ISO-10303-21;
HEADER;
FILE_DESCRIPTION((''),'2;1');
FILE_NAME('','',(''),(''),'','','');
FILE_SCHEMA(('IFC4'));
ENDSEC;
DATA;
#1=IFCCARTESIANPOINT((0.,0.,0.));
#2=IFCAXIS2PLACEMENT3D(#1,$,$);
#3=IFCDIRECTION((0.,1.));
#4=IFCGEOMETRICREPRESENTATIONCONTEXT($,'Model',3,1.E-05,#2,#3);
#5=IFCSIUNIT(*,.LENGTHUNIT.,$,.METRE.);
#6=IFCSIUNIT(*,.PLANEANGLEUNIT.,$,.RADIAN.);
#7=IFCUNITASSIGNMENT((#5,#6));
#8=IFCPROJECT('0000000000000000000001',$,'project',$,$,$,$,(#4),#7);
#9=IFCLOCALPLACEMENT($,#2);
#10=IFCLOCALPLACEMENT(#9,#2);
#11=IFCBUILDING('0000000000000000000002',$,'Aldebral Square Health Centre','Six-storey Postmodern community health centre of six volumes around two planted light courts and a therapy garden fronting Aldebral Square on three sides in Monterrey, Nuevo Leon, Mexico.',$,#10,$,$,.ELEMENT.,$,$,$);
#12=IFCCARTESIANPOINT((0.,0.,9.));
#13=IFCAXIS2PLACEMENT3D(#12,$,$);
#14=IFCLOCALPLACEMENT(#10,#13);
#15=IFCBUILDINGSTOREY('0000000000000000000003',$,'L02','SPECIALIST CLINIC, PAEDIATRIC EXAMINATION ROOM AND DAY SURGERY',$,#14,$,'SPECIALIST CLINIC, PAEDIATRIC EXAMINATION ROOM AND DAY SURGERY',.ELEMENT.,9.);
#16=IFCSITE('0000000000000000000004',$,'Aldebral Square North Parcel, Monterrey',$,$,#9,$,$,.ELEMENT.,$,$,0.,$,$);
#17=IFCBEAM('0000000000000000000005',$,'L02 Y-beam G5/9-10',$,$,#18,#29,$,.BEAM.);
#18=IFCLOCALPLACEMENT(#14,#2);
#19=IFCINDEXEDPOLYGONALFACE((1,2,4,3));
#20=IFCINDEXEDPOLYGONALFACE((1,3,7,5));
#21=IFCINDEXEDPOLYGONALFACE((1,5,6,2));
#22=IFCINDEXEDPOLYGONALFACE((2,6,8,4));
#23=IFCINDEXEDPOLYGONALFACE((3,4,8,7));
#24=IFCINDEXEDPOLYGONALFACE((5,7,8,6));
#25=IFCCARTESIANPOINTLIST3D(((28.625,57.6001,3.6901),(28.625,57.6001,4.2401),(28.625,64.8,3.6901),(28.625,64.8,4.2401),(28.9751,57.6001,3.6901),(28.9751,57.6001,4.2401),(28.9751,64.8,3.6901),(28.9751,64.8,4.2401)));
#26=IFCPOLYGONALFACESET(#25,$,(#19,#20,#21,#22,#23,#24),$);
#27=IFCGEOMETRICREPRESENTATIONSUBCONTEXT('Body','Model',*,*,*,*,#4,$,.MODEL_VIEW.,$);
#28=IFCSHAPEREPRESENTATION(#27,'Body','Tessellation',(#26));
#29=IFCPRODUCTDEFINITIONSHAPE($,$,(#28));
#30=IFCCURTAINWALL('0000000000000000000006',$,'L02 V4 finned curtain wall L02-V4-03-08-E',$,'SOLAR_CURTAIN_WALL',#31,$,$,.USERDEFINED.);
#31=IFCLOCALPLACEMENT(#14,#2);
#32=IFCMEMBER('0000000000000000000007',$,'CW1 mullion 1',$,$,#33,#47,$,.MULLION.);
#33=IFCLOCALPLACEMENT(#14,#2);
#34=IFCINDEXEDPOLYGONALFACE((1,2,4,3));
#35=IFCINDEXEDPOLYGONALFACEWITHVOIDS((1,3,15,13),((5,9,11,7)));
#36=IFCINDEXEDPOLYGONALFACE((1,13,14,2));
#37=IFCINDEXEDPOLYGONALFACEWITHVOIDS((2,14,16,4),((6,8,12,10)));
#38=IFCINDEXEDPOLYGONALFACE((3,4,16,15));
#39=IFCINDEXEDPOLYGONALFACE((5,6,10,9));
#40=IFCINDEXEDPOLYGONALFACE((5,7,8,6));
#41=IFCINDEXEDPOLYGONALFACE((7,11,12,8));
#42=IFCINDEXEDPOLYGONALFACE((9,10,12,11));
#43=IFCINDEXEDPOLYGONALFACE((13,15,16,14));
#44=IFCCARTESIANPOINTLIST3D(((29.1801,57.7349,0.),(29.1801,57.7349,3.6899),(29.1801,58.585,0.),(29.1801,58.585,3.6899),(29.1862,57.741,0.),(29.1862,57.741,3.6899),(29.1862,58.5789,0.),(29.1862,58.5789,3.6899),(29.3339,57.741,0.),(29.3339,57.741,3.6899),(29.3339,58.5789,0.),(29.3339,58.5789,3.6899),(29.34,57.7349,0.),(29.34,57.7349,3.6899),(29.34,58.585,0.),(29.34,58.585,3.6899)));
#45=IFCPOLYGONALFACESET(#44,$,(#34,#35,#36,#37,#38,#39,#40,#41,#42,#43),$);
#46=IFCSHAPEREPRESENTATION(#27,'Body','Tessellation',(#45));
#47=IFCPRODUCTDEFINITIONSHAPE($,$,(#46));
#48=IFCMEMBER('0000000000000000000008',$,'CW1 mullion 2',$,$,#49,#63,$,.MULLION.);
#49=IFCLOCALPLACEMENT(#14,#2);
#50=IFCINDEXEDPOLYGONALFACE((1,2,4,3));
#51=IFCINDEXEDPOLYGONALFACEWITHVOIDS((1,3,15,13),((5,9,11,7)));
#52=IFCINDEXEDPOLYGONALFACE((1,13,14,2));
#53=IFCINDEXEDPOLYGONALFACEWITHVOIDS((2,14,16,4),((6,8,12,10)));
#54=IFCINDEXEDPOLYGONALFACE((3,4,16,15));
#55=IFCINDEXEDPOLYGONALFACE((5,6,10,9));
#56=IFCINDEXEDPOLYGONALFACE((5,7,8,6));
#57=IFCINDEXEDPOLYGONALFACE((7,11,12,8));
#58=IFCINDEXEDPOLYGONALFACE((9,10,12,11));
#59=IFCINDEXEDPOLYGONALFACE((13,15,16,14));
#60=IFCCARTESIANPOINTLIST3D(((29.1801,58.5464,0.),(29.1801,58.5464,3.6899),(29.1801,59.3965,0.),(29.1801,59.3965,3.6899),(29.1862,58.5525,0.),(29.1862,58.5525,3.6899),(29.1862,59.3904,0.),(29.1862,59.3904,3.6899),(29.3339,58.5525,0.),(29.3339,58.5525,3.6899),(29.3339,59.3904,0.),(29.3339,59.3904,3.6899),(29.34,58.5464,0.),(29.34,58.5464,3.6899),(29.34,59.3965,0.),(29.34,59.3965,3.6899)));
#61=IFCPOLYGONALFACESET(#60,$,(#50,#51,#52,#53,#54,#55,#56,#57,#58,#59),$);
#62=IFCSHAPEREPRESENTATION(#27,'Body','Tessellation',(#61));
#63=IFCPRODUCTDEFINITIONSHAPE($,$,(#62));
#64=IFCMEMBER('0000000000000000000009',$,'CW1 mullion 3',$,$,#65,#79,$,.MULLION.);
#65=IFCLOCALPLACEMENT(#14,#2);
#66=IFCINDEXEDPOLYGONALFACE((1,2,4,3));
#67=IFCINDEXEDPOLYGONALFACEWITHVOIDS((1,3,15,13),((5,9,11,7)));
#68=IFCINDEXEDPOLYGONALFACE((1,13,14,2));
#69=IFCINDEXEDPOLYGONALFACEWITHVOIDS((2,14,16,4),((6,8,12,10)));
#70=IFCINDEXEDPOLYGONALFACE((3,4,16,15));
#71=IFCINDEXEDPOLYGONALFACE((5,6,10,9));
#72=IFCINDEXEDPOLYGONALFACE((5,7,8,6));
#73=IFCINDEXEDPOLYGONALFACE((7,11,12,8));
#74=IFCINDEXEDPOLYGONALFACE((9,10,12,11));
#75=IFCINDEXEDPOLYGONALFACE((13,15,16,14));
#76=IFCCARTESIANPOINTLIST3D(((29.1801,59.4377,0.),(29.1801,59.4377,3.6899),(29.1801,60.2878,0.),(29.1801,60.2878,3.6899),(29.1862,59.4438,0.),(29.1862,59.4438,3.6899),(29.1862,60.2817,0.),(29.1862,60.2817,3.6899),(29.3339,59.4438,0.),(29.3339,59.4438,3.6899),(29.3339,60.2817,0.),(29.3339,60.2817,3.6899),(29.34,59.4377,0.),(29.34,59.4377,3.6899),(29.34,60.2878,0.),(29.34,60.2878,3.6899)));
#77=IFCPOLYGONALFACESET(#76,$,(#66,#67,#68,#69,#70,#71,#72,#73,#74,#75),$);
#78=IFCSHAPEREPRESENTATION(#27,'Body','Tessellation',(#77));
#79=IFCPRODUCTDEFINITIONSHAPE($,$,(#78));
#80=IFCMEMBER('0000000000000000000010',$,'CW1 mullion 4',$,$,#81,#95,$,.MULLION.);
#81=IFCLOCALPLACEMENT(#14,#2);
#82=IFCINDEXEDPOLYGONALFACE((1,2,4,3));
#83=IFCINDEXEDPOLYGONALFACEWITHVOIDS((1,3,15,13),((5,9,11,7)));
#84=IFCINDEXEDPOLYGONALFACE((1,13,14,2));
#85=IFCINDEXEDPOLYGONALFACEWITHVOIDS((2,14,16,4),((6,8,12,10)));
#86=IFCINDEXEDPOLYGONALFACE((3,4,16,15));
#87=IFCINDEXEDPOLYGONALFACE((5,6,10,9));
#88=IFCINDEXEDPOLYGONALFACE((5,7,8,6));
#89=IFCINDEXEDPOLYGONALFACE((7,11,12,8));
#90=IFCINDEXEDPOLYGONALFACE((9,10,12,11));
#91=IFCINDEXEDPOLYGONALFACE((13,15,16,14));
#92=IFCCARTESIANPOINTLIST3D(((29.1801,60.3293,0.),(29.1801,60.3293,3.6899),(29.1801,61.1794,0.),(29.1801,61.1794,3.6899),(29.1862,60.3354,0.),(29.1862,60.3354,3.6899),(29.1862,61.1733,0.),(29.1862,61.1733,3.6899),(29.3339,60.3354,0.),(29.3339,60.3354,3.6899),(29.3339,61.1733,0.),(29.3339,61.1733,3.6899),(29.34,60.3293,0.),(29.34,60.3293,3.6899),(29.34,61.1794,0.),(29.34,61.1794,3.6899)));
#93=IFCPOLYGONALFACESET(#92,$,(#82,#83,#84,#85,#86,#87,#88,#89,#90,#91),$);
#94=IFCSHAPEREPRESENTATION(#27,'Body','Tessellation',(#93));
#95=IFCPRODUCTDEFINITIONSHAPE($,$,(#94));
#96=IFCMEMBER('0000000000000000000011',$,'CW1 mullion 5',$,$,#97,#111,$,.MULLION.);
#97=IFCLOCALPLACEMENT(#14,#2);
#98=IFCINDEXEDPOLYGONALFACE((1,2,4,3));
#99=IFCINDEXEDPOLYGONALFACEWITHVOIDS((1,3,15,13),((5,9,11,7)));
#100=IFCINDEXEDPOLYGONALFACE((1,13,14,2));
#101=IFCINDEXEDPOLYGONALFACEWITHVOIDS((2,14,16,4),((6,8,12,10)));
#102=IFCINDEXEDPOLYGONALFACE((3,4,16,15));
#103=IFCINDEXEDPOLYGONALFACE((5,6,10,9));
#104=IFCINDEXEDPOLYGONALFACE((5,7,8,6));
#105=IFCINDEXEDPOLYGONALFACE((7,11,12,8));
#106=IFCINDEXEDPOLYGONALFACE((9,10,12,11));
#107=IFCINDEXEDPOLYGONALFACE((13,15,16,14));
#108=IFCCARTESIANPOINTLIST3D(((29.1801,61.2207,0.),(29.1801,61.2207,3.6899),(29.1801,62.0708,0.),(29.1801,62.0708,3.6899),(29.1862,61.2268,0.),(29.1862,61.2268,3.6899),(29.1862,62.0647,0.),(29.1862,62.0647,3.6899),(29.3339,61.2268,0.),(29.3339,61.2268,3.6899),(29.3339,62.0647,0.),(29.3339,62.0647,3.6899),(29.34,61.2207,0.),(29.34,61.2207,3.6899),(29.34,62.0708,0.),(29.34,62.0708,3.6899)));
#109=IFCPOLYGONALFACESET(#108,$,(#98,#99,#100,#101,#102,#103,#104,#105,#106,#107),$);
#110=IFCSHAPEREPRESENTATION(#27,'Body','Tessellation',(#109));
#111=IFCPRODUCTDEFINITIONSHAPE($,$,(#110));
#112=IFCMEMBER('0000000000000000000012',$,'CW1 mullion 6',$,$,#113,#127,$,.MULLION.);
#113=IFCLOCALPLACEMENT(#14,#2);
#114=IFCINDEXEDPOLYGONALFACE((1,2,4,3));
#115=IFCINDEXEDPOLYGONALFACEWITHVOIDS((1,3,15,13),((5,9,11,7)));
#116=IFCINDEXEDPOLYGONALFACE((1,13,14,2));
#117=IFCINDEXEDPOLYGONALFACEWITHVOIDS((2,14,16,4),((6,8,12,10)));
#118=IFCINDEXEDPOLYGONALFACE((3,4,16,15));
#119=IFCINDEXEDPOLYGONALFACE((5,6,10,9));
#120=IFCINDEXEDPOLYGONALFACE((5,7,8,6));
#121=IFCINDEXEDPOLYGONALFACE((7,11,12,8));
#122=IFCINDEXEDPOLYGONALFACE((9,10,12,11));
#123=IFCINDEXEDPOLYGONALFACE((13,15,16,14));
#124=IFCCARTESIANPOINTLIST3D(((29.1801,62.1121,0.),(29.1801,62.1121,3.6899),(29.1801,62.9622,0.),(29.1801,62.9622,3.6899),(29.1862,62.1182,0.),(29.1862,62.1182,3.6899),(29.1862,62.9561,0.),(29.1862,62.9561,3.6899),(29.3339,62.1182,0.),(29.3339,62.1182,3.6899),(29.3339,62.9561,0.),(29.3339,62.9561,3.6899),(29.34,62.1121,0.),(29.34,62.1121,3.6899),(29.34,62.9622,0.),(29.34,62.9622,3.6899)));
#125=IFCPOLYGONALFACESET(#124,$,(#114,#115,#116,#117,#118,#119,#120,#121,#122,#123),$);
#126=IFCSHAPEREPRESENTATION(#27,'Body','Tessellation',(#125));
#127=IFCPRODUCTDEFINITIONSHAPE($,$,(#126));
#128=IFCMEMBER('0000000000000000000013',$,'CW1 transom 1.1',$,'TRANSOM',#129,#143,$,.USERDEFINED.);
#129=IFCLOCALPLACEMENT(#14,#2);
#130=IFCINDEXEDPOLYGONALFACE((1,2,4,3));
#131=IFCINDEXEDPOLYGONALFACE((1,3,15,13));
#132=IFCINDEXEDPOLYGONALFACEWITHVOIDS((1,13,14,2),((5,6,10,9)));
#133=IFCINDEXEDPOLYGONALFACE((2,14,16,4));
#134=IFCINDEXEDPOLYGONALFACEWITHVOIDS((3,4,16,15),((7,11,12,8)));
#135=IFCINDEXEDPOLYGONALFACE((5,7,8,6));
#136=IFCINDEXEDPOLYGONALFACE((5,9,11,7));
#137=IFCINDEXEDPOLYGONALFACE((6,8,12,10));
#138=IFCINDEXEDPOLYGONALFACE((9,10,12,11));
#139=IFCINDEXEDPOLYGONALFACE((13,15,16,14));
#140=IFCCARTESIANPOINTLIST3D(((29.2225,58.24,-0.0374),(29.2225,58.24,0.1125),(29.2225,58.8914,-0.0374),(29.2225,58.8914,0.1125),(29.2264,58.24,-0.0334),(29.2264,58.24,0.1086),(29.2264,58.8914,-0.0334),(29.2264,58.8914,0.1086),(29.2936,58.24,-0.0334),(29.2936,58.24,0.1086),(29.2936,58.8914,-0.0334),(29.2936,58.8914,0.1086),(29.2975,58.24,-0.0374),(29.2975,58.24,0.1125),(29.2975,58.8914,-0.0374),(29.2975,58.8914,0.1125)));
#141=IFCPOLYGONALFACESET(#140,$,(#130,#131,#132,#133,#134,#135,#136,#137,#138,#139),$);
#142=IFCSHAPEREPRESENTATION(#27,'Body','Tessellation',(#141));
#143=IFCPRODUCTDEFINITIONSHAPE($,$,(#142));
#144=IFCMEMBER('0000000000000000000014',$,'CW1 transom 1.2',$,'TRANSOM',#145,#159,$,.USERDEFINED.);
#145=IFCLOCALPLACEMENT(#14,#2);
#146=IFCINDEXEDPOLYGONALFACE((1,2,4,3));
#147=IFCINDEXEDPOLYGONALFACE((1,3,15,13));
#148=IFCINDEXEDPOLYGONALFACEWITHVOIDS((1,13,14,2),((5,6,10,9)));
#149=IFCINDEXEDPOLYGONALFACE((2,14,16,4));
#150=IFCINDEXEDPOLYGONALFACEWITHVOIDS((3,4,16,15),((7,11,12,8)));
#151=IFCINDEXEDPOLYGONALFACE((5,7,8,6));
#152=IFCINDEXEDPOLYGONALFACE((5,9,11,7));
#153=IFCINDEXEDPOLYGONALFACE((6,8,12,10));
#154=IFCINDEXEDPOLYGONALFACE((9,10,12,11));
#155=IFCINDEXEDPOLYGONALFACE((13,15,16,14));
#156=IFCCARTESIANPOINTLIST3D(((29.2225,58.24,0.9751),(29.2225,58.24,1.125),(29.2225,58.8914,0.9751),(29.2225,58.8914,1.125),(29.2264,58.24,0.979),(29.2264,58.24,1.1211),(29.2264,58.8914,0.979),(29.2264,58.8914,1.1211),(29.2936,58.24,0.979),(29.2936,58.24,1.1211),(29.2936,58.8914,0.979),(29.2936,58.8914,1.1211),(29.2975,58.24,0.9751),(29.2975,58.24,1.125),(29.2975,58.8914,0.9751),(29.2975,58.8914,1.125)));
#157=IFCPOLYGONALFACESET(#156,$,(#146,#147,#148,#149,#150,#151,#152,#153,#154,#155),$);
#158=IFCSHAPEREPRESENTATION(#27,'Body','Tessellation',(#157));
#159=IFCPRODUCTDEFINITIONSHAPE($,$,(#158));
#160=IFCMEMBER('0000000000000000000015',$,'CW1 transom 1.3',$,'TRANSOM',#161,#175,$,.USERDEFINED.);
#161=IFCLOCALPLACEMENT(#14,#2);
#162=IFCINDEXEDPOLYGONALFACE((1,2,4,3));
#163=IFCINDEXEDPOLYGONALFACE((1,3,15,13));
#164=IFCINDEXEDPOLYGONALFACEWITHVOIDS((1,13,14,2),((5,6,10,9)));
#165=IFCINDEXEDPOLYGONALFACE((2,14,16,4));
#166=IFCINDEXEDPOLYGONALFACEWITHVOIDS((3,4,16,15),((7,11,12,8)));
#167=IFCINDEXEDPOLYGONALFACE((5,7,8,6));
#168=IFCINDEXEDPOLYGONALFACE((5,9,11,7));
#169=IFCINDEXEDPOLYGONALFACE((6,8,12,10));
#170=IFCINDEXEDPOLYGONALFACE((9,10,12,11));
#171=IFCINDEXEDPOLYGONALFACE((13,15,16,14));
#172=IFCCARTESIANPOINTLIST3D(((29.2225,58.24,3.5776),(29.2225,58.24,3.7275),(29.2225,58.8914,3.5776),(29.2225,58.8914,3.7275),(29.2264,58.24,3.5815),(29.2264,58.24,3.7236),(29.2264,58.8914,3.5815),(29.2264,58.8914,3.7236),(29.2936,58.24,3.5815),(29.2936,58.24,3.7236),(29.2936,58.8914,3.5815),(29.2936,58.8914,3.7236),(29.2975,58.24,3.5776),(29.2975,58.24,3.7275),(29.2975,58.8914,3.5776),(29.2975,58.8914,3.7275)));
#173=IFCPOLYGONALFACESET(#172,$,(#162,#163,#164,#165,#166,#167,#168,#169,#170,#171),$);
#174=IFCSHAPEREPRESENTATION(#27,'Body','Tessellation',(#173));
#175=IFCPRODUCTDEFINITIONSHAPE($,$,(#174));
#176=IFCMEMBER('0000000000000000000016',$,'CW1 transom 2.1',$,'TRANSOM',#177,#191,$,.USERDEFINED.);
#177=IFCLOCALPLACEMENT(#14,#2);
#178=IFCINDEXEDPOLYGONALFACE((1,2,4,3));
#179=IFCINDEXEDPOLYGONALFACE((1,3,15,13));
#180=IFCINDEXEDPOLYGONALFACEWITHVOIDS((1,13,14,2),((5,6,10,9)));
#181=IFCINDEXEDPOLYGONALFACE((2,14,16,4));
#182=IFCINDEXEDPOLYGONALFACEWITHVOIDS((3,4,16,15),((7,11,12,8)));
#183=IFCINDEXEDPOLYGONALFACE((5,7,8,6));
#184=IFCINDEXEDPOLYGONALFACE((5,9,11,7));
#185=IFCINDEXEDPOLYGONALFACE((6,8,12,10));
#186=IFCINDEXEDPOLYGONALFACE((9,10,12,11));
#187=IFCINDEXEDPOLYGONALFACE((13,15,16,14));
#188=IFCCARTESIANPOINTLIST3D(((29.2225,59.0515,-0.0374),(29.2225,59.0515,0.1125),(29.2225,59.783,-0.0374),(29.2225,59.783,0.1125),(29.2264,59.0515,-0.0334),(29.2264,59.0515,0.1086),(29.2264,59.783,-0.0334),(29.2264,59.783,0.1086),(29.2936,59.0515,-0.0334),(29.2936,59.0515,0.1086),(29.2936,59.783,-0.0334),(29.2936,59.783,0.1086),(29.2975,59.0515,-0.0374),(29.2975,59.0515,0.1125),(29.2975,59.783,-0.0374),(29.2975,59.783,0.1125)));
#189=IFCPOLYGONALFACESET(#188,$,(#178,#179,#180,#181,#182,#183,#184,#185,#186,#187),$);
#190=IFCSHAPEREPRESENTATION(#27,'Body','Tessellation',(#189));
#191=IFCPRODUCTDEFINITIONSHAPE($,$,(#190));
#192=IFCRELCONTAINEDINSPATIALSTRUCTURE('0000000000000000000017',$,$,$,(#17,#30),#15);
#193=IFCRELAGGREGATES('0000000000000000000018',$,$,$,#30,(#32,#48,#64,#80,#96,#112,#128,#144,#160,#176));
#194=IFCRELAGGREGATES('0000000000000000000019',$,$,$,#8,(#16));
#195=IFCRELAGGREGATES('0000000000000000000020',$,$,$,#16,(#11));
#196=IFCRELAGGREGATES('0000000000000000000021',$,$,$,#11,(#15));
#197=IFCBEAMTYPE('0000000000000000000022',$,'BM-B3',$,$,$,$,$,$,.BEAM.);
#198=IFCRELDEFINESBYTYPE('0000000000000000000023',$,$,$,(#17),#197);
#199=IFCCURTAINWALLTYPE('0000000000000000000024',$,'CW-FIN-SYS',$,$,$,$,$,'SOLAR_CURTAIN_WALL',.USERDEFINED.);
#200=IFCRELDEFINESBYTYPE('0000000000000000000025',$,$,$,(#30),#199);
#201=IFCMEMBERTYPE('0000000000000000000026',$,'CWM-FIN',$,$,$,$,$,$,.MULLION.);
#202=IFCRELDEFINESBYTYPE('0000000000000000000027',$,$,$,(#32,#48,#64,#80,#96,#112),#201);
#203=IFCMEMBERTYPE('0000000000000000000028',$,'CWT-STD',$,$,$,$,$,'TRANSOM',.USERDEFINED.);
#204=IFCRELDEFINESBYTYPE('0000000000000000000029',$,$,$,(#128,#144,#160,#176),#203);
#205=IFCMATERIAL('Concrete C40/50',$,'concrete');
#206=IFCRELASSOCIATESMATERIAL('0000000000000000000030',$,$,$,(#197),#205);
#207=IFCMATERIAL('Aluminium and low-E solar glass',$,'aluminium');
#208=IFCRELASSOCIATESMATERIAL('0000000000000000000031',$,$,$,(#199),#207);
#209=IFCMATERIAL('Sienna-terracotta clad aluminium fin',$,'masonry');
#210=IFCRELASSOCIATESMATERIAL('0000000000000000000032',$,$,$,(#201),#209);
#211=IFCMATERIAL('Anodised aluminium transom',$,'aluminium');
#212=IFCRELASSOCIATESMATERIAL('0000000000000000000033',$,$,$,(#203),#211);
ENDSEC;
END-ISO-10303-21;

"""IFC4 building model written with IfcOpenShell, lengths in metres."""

from ifc_helpers import new_model, si_unit, direction, frame, origin, origin_2d, place, context, subcontext, project, spatial, rectangle, hollow_rectangle, extrude, material, material_profile, profile_set, type_object, element, aggregate, save


model = new_model("IFC4")

# Units and contexts
model_context = context("Model", 3, precision=1e-05, world=origin(), true_north=direction((0.0, 1.0)))
body_context = subcontext(model_context, "Body", "Model", "MODEL_VIEW")
ifc_project = project(units=[si_unit("LENGTHUNIT", "METRE"), si_unit("PLANEANGLEUNIT", "RADIAN")], contexts=[model_context])

# Site, building, storey
site_placement = place(None, origin())
site = spatial("IfcSite", under=ifc_project, at=site_placement, Name="Aldebral Square North Parcel, Monterrey", CompositionType="ELEMENT", RefElevation=0.0)
building_placement = place(site_placement, origin())
building = spatial("IfcBuilding", under=site, at=building_placement, Name="Aldebral Square Health Centre", Description="Six-storey Postmodern community health centre of six volumes around two planted light courts and a therapy garden fronting Aldebral Square on three sides in Monterrey, Nuevo Leon, Mexico.", CompositionType="ELEMENT")
storey_placement = place(building_placement, frame((0.0, 0.0, 9.0)))
storey = spatial("IfcBuildingStorey", under=building, at=storey_placement, Name="L02", Description="SPECIALIST CLINIC, PAEDIATRIC EXAMINATION ROOM AND DAY SURGERY", LongName="SPECIALIST CLINIC, PAEDIATRIC EXAMINATION ROOM AND DAY SURGERY", CompositionType="ELEMENT", Elevation=9.0)

# Beam
ifc_material_1 = material(Name="Concrete C40/50", Category="concrete")
ifc_material_profile_1 = material_profile(ifc_material_1, rectangle(XDim=0.3501, YDim=0.55, at=origin_2d()), Name="RC 350x550")
ifc_profile_set_1 = profile_set([ifc_material_profile_1], Name="Concrete C40/50")
beam_type = type_object("IfcBeamType", Name="BM-B3", PredefinedType="BEAM", material=ifc_profile_set_1)
beam_placement = place(storey_placement, frame((28.8, 57.6001, 3.9651), z_axis=(0.0, 1.0, 0.0), x_axis=(-1.0, 0.0, 0.0)))
element("IfcBeam", 1, at=beam_placement, inside=storey, type_object=beam_type, Name="L02 Y-beam G5/9-10", PredefinedType="BEAM", context=body_context, shape_type="SweptSolid", body=[
    extrude(rectangle(XDim=0.3501, YDim=0.55, at=origin_2d()), origin(), (0.0, 0.0, 1.0), 7.2),
])

# Curtain wall, members
ifc_material_2 = material(Name="Aluminium and low-E solar glass", Category="aluminium")
curtain_wall_type = type_object("IfcCurtainWallType", Name="CW-FIN-SYS", ElementType="SOLAR_CURTAIN_WALL", PredefinedType="USERDEFINED", material=ifc_material_2)
curtain_wall_placement = place(storey_placement, origin())
curtain_wall = element("IfcCurtainWall", 2, at=curtain_wall_placement, inside=storey, type_object=curtain_wall_type, Name="L02 V4 finned curtain wall L02-V4-03-08-E", ObjectType="SOLAR_CURTAIN_WALL", PredefinedType="USERDEFINED")
ifc_material_3 = material(Name="Sienna-terracotta clad aluminium fin", Category="masonry")
ifc_material_profile_2 = material_profile(ifc_material_3, hollow_rectangle(XDim=0.1599, YDim=0.8501, WallThickness=0.0061, at=origin_2d()), Name="FIN 160x850x6")
ifc_profile_set_2 = profile_set([ifc_material_profile_2], Name="Sienna-terracotta clad aluminium fin")
member_type_1 = type_object("IfcMemberType", Name="CWM-FIN", PredefinedType="MULLION", material=ifc_profile_set_2)
member_1_placement = place(storey_placement, frame((29.26, 58.1599, 0.0), z_axis=(0.0, 0.0, 1.0), x_axis=(-1.0, 0.0, 0.0)))
member_1 = element("IfcMember", 3, at=member_1_placement, type_object=member_type_1, Name="CW1 mullion 1", PredefinedType="MULLION", context=body_context, shape_type="SweptSolid", body=[
    extrude(hollow_rectangle(XDim=0.1599, YDim=0.8501, WallThickness=0.0061, at=origin_2d()), origin(), (0.0, 0.0, 1.0), 3.6899),
])
member_2_placement = place(storey_placement, frame((29.26, 58.9714, 0.0), z_axis=(0.0, 0.0, 1.0), x_axis=(-1.0, 0.0, 0.0)))
member_2 = element("IfcMember", 4, at=member_2_placement, type_object=member_type_1, Name="CW1 mullion 2", PredefinedType="MULLION", context=body_context, shape_type="SweptSolid", body=[
    extrude(hollow_rectangle(XDim=0.1599, YDim=0.8501, WallThickness=0.0061, at=origin_2d()), origin(), (0.0, 0.0, 1.0), 3.6899),
])
member_3_placement = place(storey_placement, frame((29.26, 59.8628, 0.0), z_axis=(0.0, 0.0, 1.0), x_axis=(-1.0, 0.0, 0.0)))
member_3 = element("IfcMember", 5, at=member_3_placement, type_object=member_type_1, Name="CW1 mullion 3", PredefinedType="MULLION", context=body_context, shape_type="SweptSolid", body=[
    extrude(hollow_rectangle(XDim=0.1599, YDim=0.8501, WallThickness=0.0061, at=origin_2d()), origin(), (0.0, 0.0, 1.0), 3.6899),
])
member_4_placement = place(storey_placement, frame((29.26, 60.7544, 0.0), z_axis=(0.0, 0.0, 1.0), x_axis=(-1.0, 0.0, 0.0)))
member_4 = element("IfcMember", 6, at=member_4_placement, type_object=member_type_1, Name="CW1 mullion 4", PredefinedType="MULLION", context=body_context, shape_type="SweptSolid", body=[
    extrude(hollow_rectangle(XDim=0.1599, YDim=0.8501, WallThickness=0.0061, at=origin_2d()), origin(), (0.0, 0.0, 1.0), 3.6899),
])
member_5_placement = place(storey_placement, frame((29.26, 61.6458, 0.0), z_axis=(0.0, 0.0, 1.0), x_axis=(-1.0, 0.0, 0.0)))
member_5 = element("IfcMember", 7, at=member_5_placement, type_object=member_type_1, Name="CW1 mullion 5", PredefinedType="MULLION", context=body_context, shape_type="SweptSolid", body=[
    extrude(hollow_rectangle(XDim=0.1599, YDim=0.8501, WallThickness=0.0061, at=origin_2d()), origin(), (0.0, 0.0, 1.0), 3.6899),
])
member_6_placement = place(storey_placement, frame((29.26, 62.5371, 0.0), z_axis=(0.0, 0.0, 1.0), x_axis=(-1.0, 0.0, 0.0)))
member_6 = element("IfcMember", 8, at=member_6_placement, type_object=member_type_1, Name="CW1 mullion 6", PredefinedType="MULLION", context=body_context, shape_type="SweptSolid", body=[
    extrude(hollow_rectangle(XDim=0.1599, YDim=0.8501, WallThickness=0.0061, at=origin_2d()), origin(), (0.0, 0.0, 1.0), 3.6899),
])
ifc_material_4 = material(Name="Anodised aluminium transom", Category="aluminium")
ifc_material_profile_3 = material_profile(ifc_material_4, hollow_rectangle(XDim=0.075, YDim=0.1499, WallThickness=0.0039, at=origin_2d()), Name="CWT 75x150x4")
ifc_profile_set_3 = profile_set([ifc_material_profile_3], Name="Anodised aluminium transom")
member_type_2 = type_object("IfcMemberType", Name="CWT-STD", ElementType="TRANSOM", PredefinedType="USERDEFINED", material=ifc_profile_set_3)
member_7_placement = place(storey_placement, frame((29.26, 58.24, 0.0376), z_axis=(0.0, 1.0, 0.0), x_axis=(-1.0, 0.0, 0.0)))
member_7 = element("IfcMember", 9, at=member_7_placement, type_object=member_type_2, Name="CW1 transom 1.1", ObjectType="TRANSOM", PredefinedType="USERDEFINED", context=body_context, shape_type="SweptSolid", body=[
    extrude(hollow_rectangle(XDim=0.075, YDim=0.1499, WallThickness=0.0039, at=origin_2d()), origin(), (0.0, 0.0, 1.0), 0.6514),
])
member_8_placement = place(storey_placement, frame((29.26, 58.24, 1.05), z_axis=(0.0, 1.0, 0.0), x_axis=(-1.0, 0.0, 0.0)))
member_8 = element("IfcMember", 10, at=member_8_placement, type_object=member_type_2, Name="CW1 transom 1.2", ObjectType="TRANSOM", PredefinedType="USERDEFINED", context=body_context, shape_type="SweptSolid", body=[
    extrude(hollow_rectangle(XDim=0.075, YDim=0.1499, WallThickness=0.0039, at=origin_2d()), origin(), (0.0, 0.0, 1.0), 0.6514),
])
member_9_placement = place(storey_placement, frame((29.26, 58.24, 3.6526), z_axis=(0.0, 1.0, 0.0), x_axis=(-1.0, 0.0, 0.0)))
member_9 = element("IfcMember", 11, at=member_9_placement, type_object=member_type_2, Name="CW1 transom 1.3", ObjectType="TRANSOM", PredefinedType="USERDEFINED", context=body_context, shape_type="SweptSolid", body=[
    extrude(hollow_rectangle(XDim=0.075, YDim=0.1499, WallThickness=0.0039, at=origin_2d()), origin(), (0.0, 0.0, 1.0), 0.6514),
])
member_10_placement = place(storey_placement, frame((29.26, 59.0515, 0.0376), z_axis=(0.0, 1.0, 0.0), x_axis=(-1.0, 0.0, 0.0)))
member_10 = element("IfcMember", 12, at=member_10_placement, type_object=member_type_2, Name="CW1 transom 2.1", ObjectType="TRANSOM", PredefinedType="USERDEFINED", context=body_context, shape_type="SweptSolid", body=[
    extrude(hollow_rectangle(XDim=0.075, YDim=0.1499, WallThickness=0.0039, at=origin_2d()), origin(), (0.0, 0.0, 1.0), 0.7314),
])
aggregate(curtain_wall, [member_1, member_2, member_3, member_4, member_5, member_6, member_7, member_8, member_9, member_10])

save(model, "model.ifc")
